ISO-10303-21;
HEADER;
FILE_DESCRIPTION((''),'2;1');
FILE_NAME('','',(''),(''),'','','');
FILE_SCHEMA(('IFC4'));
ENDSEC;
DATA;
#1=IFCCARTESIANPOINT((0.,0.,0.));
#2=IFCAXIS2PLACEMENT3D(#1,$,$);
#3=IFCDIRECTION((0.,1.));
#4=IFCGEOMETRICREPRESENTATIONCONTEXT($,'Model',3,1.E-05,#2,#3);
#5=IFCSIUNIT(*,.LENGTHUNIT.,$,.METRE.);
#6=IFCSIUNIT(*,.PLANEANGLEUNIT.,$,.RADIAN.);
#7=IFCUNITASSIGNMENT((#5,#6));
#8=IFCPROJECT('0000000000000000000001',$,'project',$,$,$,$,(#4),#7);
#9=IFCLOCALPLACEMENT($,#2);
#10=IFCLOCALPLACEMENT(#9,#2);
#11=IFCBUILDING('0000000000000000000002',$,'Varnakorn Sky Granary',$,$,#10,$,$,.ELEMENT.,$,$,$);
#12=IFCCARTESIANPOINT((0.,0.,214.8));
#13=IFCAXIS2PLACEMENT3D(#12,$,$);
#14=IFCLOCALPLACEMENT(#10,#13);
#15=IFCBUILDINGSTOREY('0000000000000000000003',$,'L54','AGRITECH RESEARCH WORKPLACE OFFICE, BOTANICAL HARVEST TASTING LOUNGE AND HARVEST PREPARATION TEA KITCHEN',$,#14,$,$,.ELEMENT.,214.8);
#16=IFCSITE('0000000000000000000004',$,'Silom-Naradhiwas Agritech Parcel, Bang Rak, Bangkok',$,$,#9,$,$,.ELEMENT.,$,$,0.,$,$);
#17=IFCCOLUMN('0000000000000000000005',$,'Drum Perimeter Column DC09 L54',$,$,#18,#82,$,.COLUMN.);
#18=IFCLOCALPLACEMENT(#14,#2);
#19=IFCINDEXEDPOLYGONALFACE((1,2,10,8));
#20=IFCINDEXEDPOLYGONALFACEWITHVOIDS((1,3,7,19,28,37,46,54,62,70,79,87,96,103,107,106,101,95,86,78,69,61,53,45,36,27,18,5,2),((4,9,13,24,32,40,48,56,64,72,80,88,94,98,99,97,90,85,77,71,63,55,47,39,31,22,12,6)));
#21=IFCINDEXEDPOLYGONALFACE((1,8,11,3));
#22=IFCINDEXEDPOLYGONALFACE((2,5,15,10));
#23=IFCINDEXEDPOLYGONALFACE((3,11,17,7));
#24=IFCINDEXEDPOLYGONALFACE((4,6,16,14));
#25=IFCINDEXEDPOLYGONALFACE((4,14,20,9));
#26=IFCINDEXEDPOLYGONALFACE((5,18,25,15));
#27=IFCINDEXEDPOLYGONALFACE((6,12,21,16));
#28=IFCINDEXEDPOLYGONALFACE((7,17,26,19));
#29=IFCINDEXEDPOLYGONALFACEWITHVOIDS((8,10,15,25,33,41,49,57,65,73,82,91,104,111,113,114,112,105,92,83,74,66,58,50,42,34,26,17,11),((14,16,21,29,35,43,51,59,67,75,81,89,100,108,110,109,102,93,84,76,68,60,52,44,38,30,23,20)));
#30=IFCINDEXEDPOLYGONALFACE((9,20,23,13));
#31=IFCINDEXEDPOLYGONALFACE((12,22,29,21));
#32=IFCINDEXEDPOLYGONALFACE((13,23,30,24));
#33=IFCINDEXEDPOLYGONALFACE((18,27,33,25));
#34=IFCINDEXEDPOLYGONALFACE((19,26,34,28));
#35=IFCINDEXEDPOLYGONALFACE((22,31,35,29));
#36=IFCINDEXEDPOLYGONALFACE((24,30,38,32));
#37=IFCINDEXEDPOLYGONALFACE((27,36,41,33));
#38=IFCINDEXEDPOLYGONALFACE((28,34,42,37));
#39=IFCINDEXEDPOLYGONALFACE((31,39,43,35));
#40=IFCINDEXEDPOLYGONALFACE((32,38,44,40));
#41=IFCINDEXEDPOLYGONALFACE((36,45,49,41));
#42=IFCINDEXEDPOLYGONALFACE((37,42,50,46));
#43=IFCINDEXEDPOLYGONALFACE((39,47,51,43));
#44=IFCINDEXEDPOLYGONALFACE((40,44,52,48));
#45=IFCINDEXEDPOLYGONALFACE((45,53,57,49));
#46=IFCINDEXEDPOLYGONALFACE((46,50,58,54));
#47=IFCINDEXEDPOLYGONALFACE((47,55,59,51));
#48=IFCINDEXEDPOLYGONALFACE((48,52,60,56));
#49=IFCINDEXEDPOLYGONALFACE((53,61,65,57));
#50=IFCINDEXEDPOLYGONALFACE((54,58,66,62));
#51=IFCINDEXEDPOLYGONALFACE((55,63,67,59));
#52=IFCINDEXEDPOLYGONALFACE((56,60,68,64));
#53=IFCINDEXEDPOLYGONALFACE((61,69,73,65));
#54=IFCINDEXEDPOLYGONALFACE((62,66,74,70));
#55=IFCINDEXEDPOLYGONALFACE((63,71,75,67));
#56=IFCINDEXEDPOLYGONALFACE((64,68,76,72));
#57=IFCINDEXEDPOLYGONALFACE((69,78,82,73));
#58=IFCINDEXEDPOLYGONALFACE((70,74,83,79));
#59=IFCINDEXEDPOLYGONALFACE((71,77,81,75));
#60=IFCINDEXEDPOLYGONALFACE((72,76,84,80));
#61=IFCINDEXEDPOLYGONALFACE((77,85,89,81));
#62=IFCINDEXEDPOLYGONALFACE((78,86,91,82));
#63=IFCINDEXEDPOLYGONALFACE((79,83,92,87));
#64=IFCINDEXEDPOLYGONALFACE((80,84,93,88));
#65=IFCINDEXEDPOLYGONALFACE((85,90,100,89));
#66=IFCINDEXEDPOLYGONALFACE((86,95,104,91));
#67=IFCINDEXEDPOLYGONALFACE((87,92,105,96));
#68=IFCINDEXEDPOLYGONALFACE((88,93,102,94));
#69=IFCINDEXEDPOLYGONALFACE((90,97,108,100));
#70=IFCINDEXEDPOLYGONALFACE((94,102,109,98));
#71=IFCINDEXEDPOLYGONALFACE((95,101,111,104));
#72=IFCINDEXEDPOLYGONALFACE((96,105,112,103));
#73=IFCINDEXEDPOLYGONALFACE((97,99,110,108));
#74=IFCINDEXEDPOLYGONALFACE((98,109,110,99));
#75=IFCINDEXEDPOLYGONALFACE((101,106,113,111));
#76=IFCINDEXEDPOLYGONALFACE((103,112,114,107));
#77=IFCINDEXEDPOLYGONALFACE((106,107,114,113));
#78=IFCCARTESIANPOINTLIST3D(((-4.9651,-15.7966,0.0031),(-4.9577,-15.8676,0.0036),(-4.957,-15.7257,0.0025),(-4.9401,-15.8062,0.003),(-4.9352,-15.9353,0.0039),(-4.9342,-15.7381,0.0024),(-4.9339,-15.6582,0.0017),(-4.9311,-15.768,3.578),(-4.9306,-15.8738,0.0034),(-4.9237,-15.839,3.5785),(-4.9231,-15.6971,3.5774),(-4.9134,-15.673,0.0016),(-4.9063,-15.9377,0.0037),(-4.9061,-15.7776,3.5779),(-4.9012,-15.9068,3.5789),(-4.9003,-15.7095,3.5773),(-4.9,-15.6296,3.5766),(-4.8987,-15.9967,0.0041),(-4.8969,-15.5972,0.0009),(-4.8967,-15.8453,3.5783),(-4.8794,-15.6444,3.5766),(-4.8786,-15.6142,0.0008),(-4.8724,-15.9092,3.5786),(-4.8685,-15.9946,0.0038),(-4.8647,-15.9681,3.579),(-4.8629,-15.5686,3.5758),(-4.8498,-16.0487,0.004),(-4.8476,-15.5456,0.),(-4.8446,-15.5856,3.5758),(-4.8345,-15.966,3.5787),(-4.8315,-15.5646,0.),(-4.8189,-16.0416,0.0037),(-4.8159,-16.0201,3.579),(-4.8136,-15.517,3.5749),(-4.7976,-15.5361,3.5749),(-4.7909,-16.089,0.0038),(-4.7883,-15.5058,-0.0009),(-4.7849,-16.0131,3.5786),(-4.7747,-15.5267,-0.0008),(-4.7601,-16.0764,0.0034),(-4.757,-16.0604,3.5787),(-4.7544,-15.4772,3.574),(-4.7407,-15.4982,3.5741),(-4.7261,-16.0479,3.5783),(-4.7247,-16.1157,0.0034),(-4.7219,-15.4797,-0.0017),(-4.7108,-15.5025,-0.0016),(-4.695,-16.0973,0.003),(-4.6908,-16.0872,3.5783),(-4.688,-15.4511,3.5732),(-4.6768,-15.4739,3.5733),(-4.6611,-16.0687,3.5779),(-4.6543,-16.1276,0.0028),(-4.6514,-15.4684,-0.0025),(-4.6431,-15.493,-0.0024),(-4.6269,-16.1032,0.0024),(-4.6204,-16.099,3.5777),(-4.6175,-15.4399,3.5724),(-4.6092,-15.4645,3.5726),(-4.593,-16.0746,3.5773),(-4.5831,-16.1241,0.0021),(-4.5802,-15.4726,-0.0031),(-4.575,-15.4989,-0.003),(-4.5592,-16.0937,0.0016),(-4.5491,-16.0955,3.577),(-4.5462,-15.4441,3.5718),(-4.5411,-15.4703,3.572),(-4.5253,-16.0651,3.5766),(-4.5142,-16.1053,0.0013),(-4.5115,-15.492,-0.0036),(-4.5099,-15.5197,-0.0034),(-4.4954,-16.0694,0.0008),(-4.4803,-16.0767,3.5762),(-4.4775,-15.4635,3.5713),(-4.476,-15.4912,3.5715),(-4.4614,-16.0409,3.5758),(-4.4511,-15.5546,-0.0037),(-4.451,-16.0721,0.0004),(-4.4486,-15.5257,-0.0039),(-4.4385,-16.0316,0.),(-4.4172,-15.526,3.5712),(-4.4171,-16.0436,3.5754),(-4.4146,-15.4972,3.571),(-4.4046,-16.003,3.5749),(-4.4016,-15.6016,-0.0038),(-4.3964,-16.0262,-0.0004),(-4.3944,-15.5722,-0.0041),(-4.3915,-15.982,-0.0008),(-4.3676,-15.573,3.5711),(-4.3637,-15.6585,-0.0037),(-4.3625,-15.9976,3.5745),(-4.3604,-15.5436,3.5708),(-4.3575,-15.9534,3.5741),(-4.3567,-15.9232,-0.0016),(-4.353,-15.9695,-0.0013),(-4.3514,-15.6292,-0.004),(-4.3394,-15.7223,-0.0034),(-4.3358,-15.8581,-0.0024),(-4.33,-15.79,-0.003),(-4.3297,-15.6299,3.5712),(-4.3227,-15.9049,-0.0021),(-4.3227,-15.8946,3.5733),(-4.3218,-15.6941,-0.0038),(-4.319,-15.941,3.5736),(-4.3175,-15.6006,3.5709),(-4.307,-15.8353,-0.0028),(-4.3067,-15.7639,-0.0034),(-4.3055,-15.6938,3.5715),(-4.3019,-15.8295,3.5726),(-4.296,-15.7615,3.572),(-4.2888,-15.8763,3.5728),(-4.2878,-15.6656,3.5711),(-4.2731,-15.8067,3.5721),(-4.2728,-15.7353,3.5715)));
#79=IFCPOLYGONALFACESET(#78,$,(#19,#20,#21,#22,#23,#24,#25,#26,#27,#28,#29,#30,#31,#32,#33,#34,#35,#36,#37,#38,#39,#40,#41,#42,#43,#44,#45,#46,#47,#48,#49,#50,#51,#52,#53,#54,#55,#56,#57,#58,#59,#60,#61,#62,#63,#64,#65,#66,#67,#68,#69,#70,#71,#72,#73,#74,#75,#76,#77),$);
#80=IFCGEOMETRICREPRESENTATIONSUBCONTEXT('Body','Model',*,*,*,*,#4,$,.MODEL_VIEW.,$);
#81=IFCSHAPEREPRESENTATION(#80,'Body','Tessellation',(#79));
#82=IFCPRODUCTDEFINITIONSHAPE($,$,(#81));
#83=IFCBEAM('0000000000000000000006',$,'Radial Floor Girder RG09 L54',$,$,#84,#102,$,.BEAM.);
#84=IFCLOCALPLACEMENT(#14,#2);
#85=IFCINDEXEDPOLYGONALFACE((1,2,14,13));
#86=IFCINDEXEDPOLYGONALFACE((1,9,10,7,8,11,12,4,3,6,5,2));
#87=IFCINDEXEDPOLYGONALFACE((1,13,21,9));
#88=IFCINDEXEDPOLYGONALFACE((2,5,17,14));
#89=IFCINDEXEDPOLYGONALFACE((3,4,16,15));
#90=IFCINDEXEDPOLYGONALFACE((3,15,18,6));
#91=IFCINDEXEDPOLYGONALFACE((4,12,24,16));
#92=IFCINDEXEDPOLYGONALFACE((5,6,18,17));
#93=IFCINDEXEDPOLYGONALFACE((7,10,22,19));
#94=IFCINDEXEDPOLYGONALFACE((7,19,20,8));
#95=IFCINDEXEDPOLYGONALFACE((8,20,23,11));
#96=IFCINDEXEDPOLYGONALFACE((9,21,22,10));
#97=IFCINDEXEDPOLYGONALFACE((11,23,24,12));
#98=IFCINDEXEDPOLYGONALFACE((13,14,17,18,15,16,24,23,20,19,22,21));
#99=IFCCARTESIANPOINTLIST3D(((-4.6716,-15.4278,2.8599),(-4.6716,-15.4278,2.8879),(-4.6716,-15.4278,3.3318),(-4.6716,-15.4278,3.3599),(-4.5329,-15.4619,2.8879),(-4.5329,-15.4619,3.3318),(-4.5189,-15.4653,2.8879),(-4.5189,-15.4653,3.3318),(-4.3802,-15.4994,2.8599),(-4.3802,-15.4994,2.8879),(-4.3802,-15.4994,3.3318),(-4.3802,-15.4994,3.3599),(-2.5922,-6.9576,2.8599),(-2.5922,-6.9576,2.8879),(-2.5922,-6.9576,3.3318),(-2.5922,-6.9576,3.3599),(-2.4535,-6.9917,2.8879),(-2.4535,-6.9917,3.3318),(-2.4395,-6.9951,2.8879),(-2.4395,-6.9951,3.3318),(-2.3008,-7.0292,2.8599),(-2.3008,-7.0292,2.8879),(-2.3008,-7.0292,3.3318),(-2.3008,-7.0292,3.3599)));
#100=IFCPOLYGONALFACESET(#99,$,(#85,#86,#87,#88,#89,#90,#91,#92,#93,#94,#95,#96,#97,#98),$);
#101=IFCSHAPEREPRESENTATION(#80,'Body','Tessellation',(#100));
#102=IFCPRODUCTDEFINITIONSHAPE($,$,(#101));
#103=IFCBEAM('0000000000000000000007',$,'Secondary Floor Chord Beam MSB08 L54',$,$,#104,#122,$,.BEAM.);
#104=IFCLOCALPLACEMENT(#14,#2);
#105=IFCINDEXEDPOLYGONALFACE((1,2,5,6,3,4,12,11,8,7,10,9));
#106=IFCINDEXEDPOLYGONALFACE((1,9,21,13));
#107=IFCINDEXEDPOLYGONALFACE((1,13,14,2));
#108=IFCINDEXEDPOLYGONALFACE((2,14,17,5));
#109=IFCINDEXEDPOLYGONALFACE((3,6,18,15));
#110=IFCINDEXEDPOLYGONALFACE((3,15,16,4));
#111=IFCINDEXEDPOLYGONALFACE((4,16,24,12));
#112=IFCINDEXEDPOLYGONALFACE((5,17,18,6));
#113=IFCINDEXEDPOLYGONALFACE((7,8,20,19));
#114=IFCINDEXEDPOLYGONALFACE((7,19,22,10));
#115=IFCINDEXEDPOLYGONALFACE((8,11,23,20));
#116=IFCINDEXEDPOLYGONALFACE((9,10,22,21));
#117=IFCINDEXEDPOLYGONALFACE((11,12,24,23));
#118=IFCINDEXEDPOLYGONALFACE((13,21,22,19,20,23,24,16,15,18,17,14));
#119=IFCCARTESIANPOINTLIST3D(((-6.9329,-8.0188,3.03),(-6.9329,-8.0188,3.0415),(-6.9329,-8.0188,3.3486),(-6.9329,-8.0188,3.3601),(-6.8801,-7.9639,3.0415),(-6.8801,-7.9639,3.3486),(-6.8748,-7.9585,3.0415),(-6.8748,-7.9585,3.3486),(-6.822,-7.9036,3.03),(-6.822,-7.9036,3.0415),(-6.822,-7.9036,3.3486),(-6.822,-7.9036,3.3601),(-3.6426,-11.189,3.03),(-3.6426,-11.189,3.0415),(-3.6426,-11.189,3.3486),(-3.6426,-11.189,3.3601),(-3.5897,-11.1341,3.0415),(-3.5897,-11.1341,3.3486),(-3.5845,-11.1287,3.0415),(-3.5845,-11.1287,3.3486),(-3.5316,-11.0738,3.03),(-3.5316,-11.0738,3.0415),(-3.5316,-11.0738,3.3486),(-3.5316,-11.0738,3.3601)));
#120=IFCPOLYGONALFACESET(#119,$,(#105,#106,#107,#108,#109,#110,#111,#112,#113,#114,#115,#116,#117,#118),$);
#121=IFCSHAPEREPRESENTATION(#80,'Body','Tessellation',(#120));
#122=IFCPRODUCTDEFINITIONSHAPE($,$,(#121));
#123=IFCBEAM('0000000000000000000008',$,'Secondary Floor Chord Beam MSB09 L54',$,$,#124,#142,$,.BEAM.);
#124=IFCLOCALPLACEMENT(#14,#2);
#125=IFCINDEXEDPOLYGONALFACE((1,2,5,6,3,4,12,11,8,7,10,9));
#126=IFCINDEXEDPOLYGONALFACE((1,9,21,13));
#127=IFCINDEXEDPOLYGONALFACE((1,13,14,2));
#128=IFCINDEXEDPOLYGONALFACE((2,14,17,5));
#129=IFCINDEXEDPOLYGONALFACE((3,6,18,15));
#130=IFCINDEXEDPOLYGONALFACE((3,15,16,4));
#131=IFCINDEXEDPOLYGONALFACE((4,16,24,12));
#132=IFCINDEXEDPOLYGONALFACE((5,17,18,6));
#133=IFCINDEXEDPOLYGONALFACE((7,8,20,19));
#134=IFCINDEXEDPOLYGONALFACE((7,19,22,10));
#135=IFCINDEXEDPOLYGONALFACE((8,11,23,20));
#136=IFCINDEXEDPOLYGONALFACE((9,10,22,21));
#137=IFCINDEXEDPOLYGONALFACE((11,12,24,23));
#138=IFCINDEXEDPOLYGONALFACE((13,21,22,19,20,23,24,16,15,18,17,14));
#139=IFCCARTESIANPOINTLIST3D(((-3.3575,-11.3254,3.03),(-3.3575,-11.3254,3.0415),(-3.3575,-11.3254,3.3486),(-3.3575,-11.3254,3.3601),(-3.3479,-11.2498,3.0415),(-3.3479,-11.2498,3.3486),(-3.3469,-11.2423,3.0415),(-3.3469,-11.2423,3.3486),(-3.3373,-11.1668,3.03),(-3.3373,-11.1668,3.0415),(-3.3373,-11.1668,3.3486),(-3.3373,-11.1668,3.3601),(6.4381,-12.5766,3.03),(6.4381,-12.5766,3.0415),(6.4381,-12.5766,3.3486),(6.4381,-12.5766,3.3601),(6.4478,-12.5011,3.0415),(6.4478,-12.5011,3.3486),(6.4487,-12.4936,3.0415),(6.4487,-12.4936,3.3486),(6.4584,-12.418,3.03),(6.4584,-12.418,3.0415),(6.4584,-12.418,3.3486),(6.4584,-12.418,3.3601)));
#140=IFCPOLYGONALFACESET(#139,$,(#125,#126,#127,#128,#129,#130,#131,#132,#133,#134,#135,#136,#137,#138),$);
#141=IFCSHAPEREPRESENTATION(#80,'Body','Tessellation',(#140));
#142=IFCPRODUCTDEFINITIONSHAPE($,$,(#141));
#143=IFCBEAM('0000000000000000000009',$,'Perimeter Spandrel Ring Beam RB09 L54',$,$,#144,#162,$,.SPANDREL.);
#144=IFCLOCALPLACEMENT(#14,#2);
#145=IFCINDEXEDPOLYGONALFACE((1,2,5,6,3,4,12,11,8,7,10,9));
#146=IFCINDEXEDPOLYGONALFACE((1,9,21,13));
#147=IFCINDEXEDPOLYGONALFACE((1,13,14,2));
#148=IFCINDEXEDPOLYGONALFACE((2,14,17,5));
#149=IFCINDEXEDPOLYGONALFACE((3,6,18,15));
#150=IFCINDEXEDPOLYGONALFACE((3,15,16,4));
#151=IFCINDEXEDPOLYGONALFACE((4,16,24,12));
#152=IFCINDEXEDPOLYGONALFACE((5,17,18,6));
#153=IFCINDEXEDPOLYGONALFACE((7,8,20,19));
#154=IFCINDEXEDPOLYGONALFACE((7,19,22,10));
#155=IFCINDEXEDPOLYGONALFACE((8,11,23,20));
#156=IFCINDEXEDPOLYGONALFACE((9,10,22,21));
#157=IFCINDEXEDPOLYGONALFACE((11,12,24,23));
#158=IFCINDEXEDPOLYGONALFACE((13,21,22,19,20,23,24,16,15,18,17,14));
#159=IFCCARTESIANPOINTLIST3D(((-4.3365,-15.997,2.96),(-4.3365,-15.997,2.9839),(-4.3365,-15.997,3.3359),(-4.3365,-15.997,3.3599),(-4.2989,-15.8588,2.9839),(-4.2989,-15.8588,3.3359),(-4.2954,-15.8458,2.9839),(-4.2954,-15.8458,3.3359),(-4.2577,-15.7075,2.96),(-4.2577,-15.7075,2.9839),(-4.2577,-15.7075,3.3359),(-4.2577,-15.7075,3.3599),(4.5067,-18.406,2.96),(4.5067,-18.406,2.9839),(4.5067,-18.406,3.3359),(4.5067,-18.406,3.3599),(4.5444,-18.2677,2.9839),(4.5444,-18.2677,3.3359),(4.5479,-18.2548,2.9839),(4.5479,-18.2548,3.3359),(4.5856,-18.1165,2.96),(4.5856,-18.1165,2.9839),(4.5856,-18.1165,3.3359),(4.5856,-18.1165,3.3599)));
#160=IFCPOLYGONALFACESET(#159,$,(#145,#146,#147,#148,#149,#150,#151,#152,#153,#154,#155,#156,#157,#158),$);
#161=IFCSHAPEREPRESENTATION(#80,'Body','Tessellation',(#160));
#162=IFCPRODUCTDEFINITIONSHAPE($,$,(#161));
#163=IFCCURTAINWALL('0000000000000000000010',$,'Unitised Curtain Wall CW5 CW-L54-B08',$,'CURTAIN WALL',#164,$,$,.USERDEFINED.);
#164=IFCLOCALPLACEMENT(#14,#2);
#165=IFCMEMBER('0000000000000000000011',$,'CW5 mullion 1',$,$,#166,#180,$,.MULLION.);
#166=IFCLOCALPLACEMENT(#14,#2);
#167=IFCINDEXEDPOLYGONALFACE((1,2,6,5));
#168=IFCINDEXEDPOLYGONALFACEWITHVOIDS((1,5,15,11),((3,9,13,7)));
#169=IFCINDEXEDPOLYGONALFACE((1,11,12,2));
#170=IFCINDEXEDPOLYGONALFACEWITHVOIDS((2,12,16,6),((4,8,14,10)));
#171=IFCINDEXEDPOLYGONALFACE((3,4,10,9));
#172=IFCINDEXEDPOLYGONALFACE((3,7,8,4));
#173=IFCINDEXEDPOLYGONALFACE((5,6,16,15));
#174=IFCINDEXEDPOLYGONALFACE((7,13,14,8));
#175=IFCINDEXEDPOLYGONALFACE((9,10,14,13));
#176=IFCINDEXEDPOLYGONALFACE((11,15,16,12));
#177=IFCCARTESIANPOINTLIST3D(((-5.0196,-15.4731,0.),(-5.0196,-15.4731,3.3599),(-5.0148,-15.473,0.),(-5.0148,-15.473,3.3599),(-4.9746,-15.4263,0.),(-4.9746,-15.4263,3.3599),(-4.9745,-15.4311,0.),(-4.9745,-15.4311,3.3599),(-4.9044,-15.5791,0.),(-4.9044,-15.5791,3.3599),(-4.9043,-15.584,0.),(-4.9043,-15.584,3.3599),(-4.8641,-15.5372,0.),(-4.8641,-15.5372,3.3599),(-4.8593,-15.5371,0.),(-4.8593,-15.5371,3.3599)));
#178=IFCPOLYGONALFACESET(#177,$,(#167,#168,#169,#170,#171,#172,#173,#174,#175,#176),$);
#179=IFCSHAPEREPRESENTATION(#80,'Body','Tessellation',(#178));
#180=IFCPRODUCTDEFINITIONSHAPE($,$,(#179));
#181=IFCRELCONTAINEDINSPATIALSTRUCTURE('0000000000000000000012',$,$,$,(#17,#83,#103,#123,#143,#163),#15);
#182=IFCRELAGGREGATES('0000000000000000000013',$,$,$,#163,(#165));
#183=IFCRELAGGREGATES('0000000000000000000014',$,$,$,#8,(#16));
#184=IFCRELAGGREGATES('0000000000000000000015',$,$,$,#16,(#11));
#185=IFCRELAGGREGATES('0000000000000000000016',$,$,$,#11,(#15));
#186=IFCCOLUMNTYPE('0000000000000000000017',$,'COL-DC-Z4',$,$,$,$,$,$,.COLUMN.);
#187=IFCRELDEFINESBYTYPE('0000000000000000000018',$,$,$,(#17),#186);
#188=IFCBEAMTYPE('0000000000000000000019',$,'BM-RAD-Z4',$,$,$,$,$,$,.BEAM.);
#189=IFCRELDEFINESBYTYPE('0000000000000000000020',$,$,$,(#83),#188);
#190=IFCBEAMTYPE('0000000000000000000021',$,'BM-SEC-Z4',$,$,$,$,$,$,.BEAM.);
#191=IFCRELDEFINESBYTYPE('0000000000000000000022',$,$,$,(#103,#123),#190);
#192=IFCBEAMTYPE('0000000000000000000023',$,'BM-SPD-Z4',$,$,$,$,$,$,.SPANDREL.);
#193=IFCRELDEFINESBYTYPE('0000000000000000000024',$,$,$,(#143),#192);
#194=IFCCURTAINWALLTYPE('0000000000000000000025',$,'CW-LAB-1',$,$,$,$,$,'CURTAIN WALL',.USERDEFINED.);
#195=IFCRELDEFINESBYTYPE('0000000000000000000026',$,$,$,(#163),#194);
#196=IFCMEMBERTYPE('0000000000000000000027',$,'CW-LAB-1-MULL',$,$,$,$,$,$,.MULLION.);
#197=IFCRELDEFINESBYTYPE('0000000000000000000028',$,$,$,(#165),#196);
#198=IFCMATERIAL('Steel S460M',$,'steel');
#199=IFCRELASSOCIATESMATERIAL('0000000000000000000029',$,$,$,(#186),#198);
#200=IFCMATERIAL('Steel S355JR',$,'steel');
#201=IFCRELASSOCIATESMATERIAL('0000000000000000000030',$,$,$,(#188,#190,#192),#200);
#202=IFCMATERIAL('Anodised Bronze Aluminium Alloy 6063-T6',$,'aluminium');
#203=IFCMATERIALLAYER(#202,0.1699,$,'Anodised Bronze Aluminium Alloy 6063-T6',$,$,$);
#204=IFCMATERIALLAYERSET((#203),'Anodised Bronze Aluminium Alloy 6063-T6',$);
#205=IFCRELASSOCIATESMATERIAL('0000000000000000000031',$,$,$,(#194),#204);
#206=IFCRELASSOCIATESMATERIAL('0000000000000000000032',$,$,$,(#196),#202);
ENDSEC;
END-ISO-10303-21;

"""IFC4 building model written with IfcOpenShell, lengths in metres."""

from ifc_helpers import new_model, si_unit, direction, frame, origin, origin_2d, place, context, subcontext, project, spatial, hollow_rectangle, hollow_circle, i_section, extrude, material, layer, layer_set, material_profile, profile_set, type_object, element, aggregate, save


model = new_model("IFC4")

# Units and contexts
model_context = context("Model", 3, precision=1e-05, world=origin(), true_north=direction((0.0, 1.0)))
body_context = subcontext(model_context, "Body", "Model", "MODEL_VIEW")
ifc_project = project(units=[si_unit("LENGTHUNIT", "METRE"), si_unit("PLANEANGLEUNIT", "RADIAN")], contexts=[model_context])

# Site, building, storey
site_placement = place(None, origin())
site = spatial("IfcSite", under=ifc_project, at=site_placement, Name="Silom-Naradhiwas Agritech Parcel, Bang Rak, Bangkok", CompositionType="ELEMENT", RefElevation=0.0)
building_placement = place(site_placement, origin())
building = spatial("IfcBuilding", under=site, at=building_placement, Name="Varnakorn Sky Granary", CompositionType="ELEMENT")
storey_placement = place(building_placement, frame((0.0, 0.0, 214.8)))
storey = spatial("IfcBuildingStorey", under=building, at=storey_placement, Name="L54", Description="AGRITECH RESEARCH WORKPLACE OFFICE, BOTANICAL HARVEST TASTING LOUNGE AND HARVEST PREPARATION TEA KITCHEN", CompositionType="ELEMENT", Elevation=214.8)

# Column
ifc_material_1 = material(Name="Steel S460M", Category="steel")
ifc_material_profile_1 = material_profile(ifc_material_1, hollow_circle(Radius=0.3301, WallThickness=0.0249, at=origin_2d()), Name="CHS 660x25")
ifc_profile_set_1 = profile_set([ifc_material_profile_1], Name="Steel S460M")
column_type = type_object("IfcColumnType", Name="COL-DC-Z4", PredefinedType="COLUMN", material=ifc_profile_set_1)
column_placement = place(storey_placement, frame((-4.635, -15.7981, 0.0), z_axis=(0.009492, 0.00799, 0.999923), x_axis=(-0.643966, 0.765054, 0.0)))
element("IfcColumn", 1, at=column_placement, inside=storey, type_object=column_type, Name="Drum Perimeter Column DC09 L54", PredefinedType="COLUMN", context=body_context, shape_type="SweptSolid", body=[
    extrude(hollow_circle(Radius=0.3301, WallThickness=0.0249, at=origin_2d()), origin(), (0.0, 0.0, 1.0), 3.5752),
])

# Beams
ifc_material_2 = material(Name="Steel S355JR", Category="steel")
ifc_material_profile_2 = material_profile(ifc_material_2, i_section(OverallWidth=0.3, OverallDepth=0.5, WebThickness=0.0144, FlangeThickness=0.0281, at=origin_2d()), Name="HE 500 B")
ifc_profile_set_2 = profile_set([ifc_material_profile_2], Name="Steel S355JR")
beam_type_1 = type_object("IfcBeamType", Name="BM-RAD-Z4", PredefinedType="BEAM", material=ifc_profile_set_2)
beam_1_placement = place(storey_placement, frame((-2.4465, -6.9934, 3.1099), z_axis=(-0.23841, -0.971165, 0.0), x_axis=(0.971165, -0.23841, 0.0)))
element("IfcBeam", 2, at=beam_1_placement, inside=storey, type_object=beam_type_1, Name="Radial Floor Girder RG09 L54", PredefinedType="BEAM", context=body_context, shape_type="SweptSolid", body=[
    extrude(i_section(OverallWidth=0.3, OverallDepth=0.5, WebThickness=0.0144, FlangeThickness=0.0281, at=origin_2d()), origin(), (0.0, 0.0, 1.0), 8.7217),
])
ifc_material_profile_3 = material_profile(ifc_material_2, i_section(OverallWidth=0.1599, OverallDepth=0.3301, WebThickness=0.0076, FlangeThickness=0.0115, at=origin_2d()), Name="IPE 330")
ifc_profile_set_3 = profile_set([ifc_material_profile_3], Name="Steel S355JR")
beam_type_2 = type_object("IfcBeamType", Name="BM-SEC-Z4", PredefinedType="BEAM", material=ifc_profile_set_3)
beam_2_placement = place(storey_placement, frame((-6.8774, -7.9612, 3.1951), z_axis=(0.720129, -0.69384, 0.0), x_axis=(0.69384, 0.720129, 0.0)))
element("IfcBeam", 3, at=beam_2_placement, inside=storey, type_object=beam_type_2, Name="Secondary Floor Chord Beam MSB08 L54", PredefinedType="BEAM", context=body_context, shape_type="SweptSolid", body=[
    extrude(i_section(OverallWidth=0.1599, OverallDepth=0.3301, WebThickness=0.0076, FlangeThickness=0.0115, at=origin_2d()), origin(), (0.0, 0.0, 1.0), 4.5691),
])
beam_3_placement = place(storey_placement, frame((-3.3474, -11.2461, 3.1951), z_axis=(0.991941, -0.126703, 0.0), x_axis=(0.126703, 0.991941, 0.0)))
element("IfcBeam", 4, at=beam_3_placement, inside=storey, type_object=beam_type_2, Name="Secondary Floor Chord Beam MSB09 L54", PredefinedType="BEAM", context=body_context, shape_type="SweptSolid", body=[
    extrude(i_section(OverallWidth=0.1599, OverallDepth=0.3301, WebThickness=0.0076, FlangeThickness=0.0115, at=origin_2d()), origin(), (0.0, 0.0, 1.0), 9.8752),
])
ifc_material_profile_4 = material_profile(ifc_material_2, i_section(OverallWidth=0.3, OverallDepth=0.3999, WebThickness=0.0134, FlangeThickness=0.0239, at=origin_2d()), Name="HE 400 B")
ifc_profile_set_4 = profile_set([ifc_material_profile_4], Name="Steel S355JR")
beam_type_3 = type_object("IfcBeamType", Name="BM-SPD-Z4", PredefinedType="SPANDREL", material=ifc_profile_set_4)
beam_4_placement = place(storey_placement, frame((-4.2971, -15.8523, 3.1599), z_axis=(0.964843, -0.262827, 0.0), x_axis=(0.262827, 0.964843, 0.0)))
element("IfcBeam", 5, at=beam_4_placement, inside=storey, type_object=beam_type_3, Name="Perimeter Spandrel Ring Beam RB09 L54", PredefinedType="SPANDREL", context=body_context, shape_type="SweptSolid", body=[
    extrude(i_section(OverallWidth=0.3, OverallDepth=0.3999, WebThickness=0.0134, FlangeThickness=0.0239, at=origin_2d()), origin(), (0.0, 0.0, 1.0), 9.1655),
])

# Curtain wall, member
ifc_material_3 = material(Name="Anodised Bronze Aluminium Alloy 6063-T6", Category="aluminium")
ifc_layer_1 = layer(ifc_material_3, 0.1699, Name="Anodised Bronze Aluminium Alloy 6063-T6")
ifc_layer_set_1 = layer_set([ifc_layer_1], Name="Anodised Bronze Aluminium Alloy 6063-T6")
curtain_wall_type = type_object("IfcCurtainWallType", Name="CW-LAB-1", ElementType="CURTAIN WALL", PredefinedType="USERDEFINED", material=ifc_layer_set_1)
curtain_wall_placement = place(storey_placement, origin())
curtain_wall = element("IfcCurtainWall", 6, at=curtain_wall_placement, inside=storey, type_object=curtain_wall_type, Name="Unitised Curtain Wall CW5 CW-L54-B08", ObjectType="CURTAIN WALL", PredefinedType="USERDEFINED")
ifc_material_profile_5 = material_profile(ifc_material_3, hollow_rectangle(XDim=0.0649, YDim=0.1599, WallThickness=0.0034, at=origin_2d()), Name="ALU MULL 65x160")
ifc_profile_set_5 = profile_set([ifc_material_profile_5], Name="Anodised Bronze Aluminium Alloy 6063-T6")
member_type_1 = type_object("IfcMemberType", Name="CW-LAB-1-MULL", PredefinedType="MULLION", material=ifc_profile_set_5)
member_1_placement = place(storey_placement, frame((-4.9395, -15.5051, 0.0), z_axis=(0.0, 0.0, 1.0), x_axis=(-0.69314, -0.720803, 0.0)))
member_1 = element("IfcMember", 7, at=member_1_placement, type_object=member_type_1, Name="CW5 mullion 1", PredefinedType="MULLION", context=body_context, shape_type="SweptSolid", body=[
    extrude(hollow_rectangle(XDim=0.0649, YDim=0.1599, WallThickness=0.0034, at=origin_2d()), origin(), (0.0, 0.0, 1.0), 3.3599),
])

aggregate(curtain_wall, [member_1])

save(model, "model.ifc")
